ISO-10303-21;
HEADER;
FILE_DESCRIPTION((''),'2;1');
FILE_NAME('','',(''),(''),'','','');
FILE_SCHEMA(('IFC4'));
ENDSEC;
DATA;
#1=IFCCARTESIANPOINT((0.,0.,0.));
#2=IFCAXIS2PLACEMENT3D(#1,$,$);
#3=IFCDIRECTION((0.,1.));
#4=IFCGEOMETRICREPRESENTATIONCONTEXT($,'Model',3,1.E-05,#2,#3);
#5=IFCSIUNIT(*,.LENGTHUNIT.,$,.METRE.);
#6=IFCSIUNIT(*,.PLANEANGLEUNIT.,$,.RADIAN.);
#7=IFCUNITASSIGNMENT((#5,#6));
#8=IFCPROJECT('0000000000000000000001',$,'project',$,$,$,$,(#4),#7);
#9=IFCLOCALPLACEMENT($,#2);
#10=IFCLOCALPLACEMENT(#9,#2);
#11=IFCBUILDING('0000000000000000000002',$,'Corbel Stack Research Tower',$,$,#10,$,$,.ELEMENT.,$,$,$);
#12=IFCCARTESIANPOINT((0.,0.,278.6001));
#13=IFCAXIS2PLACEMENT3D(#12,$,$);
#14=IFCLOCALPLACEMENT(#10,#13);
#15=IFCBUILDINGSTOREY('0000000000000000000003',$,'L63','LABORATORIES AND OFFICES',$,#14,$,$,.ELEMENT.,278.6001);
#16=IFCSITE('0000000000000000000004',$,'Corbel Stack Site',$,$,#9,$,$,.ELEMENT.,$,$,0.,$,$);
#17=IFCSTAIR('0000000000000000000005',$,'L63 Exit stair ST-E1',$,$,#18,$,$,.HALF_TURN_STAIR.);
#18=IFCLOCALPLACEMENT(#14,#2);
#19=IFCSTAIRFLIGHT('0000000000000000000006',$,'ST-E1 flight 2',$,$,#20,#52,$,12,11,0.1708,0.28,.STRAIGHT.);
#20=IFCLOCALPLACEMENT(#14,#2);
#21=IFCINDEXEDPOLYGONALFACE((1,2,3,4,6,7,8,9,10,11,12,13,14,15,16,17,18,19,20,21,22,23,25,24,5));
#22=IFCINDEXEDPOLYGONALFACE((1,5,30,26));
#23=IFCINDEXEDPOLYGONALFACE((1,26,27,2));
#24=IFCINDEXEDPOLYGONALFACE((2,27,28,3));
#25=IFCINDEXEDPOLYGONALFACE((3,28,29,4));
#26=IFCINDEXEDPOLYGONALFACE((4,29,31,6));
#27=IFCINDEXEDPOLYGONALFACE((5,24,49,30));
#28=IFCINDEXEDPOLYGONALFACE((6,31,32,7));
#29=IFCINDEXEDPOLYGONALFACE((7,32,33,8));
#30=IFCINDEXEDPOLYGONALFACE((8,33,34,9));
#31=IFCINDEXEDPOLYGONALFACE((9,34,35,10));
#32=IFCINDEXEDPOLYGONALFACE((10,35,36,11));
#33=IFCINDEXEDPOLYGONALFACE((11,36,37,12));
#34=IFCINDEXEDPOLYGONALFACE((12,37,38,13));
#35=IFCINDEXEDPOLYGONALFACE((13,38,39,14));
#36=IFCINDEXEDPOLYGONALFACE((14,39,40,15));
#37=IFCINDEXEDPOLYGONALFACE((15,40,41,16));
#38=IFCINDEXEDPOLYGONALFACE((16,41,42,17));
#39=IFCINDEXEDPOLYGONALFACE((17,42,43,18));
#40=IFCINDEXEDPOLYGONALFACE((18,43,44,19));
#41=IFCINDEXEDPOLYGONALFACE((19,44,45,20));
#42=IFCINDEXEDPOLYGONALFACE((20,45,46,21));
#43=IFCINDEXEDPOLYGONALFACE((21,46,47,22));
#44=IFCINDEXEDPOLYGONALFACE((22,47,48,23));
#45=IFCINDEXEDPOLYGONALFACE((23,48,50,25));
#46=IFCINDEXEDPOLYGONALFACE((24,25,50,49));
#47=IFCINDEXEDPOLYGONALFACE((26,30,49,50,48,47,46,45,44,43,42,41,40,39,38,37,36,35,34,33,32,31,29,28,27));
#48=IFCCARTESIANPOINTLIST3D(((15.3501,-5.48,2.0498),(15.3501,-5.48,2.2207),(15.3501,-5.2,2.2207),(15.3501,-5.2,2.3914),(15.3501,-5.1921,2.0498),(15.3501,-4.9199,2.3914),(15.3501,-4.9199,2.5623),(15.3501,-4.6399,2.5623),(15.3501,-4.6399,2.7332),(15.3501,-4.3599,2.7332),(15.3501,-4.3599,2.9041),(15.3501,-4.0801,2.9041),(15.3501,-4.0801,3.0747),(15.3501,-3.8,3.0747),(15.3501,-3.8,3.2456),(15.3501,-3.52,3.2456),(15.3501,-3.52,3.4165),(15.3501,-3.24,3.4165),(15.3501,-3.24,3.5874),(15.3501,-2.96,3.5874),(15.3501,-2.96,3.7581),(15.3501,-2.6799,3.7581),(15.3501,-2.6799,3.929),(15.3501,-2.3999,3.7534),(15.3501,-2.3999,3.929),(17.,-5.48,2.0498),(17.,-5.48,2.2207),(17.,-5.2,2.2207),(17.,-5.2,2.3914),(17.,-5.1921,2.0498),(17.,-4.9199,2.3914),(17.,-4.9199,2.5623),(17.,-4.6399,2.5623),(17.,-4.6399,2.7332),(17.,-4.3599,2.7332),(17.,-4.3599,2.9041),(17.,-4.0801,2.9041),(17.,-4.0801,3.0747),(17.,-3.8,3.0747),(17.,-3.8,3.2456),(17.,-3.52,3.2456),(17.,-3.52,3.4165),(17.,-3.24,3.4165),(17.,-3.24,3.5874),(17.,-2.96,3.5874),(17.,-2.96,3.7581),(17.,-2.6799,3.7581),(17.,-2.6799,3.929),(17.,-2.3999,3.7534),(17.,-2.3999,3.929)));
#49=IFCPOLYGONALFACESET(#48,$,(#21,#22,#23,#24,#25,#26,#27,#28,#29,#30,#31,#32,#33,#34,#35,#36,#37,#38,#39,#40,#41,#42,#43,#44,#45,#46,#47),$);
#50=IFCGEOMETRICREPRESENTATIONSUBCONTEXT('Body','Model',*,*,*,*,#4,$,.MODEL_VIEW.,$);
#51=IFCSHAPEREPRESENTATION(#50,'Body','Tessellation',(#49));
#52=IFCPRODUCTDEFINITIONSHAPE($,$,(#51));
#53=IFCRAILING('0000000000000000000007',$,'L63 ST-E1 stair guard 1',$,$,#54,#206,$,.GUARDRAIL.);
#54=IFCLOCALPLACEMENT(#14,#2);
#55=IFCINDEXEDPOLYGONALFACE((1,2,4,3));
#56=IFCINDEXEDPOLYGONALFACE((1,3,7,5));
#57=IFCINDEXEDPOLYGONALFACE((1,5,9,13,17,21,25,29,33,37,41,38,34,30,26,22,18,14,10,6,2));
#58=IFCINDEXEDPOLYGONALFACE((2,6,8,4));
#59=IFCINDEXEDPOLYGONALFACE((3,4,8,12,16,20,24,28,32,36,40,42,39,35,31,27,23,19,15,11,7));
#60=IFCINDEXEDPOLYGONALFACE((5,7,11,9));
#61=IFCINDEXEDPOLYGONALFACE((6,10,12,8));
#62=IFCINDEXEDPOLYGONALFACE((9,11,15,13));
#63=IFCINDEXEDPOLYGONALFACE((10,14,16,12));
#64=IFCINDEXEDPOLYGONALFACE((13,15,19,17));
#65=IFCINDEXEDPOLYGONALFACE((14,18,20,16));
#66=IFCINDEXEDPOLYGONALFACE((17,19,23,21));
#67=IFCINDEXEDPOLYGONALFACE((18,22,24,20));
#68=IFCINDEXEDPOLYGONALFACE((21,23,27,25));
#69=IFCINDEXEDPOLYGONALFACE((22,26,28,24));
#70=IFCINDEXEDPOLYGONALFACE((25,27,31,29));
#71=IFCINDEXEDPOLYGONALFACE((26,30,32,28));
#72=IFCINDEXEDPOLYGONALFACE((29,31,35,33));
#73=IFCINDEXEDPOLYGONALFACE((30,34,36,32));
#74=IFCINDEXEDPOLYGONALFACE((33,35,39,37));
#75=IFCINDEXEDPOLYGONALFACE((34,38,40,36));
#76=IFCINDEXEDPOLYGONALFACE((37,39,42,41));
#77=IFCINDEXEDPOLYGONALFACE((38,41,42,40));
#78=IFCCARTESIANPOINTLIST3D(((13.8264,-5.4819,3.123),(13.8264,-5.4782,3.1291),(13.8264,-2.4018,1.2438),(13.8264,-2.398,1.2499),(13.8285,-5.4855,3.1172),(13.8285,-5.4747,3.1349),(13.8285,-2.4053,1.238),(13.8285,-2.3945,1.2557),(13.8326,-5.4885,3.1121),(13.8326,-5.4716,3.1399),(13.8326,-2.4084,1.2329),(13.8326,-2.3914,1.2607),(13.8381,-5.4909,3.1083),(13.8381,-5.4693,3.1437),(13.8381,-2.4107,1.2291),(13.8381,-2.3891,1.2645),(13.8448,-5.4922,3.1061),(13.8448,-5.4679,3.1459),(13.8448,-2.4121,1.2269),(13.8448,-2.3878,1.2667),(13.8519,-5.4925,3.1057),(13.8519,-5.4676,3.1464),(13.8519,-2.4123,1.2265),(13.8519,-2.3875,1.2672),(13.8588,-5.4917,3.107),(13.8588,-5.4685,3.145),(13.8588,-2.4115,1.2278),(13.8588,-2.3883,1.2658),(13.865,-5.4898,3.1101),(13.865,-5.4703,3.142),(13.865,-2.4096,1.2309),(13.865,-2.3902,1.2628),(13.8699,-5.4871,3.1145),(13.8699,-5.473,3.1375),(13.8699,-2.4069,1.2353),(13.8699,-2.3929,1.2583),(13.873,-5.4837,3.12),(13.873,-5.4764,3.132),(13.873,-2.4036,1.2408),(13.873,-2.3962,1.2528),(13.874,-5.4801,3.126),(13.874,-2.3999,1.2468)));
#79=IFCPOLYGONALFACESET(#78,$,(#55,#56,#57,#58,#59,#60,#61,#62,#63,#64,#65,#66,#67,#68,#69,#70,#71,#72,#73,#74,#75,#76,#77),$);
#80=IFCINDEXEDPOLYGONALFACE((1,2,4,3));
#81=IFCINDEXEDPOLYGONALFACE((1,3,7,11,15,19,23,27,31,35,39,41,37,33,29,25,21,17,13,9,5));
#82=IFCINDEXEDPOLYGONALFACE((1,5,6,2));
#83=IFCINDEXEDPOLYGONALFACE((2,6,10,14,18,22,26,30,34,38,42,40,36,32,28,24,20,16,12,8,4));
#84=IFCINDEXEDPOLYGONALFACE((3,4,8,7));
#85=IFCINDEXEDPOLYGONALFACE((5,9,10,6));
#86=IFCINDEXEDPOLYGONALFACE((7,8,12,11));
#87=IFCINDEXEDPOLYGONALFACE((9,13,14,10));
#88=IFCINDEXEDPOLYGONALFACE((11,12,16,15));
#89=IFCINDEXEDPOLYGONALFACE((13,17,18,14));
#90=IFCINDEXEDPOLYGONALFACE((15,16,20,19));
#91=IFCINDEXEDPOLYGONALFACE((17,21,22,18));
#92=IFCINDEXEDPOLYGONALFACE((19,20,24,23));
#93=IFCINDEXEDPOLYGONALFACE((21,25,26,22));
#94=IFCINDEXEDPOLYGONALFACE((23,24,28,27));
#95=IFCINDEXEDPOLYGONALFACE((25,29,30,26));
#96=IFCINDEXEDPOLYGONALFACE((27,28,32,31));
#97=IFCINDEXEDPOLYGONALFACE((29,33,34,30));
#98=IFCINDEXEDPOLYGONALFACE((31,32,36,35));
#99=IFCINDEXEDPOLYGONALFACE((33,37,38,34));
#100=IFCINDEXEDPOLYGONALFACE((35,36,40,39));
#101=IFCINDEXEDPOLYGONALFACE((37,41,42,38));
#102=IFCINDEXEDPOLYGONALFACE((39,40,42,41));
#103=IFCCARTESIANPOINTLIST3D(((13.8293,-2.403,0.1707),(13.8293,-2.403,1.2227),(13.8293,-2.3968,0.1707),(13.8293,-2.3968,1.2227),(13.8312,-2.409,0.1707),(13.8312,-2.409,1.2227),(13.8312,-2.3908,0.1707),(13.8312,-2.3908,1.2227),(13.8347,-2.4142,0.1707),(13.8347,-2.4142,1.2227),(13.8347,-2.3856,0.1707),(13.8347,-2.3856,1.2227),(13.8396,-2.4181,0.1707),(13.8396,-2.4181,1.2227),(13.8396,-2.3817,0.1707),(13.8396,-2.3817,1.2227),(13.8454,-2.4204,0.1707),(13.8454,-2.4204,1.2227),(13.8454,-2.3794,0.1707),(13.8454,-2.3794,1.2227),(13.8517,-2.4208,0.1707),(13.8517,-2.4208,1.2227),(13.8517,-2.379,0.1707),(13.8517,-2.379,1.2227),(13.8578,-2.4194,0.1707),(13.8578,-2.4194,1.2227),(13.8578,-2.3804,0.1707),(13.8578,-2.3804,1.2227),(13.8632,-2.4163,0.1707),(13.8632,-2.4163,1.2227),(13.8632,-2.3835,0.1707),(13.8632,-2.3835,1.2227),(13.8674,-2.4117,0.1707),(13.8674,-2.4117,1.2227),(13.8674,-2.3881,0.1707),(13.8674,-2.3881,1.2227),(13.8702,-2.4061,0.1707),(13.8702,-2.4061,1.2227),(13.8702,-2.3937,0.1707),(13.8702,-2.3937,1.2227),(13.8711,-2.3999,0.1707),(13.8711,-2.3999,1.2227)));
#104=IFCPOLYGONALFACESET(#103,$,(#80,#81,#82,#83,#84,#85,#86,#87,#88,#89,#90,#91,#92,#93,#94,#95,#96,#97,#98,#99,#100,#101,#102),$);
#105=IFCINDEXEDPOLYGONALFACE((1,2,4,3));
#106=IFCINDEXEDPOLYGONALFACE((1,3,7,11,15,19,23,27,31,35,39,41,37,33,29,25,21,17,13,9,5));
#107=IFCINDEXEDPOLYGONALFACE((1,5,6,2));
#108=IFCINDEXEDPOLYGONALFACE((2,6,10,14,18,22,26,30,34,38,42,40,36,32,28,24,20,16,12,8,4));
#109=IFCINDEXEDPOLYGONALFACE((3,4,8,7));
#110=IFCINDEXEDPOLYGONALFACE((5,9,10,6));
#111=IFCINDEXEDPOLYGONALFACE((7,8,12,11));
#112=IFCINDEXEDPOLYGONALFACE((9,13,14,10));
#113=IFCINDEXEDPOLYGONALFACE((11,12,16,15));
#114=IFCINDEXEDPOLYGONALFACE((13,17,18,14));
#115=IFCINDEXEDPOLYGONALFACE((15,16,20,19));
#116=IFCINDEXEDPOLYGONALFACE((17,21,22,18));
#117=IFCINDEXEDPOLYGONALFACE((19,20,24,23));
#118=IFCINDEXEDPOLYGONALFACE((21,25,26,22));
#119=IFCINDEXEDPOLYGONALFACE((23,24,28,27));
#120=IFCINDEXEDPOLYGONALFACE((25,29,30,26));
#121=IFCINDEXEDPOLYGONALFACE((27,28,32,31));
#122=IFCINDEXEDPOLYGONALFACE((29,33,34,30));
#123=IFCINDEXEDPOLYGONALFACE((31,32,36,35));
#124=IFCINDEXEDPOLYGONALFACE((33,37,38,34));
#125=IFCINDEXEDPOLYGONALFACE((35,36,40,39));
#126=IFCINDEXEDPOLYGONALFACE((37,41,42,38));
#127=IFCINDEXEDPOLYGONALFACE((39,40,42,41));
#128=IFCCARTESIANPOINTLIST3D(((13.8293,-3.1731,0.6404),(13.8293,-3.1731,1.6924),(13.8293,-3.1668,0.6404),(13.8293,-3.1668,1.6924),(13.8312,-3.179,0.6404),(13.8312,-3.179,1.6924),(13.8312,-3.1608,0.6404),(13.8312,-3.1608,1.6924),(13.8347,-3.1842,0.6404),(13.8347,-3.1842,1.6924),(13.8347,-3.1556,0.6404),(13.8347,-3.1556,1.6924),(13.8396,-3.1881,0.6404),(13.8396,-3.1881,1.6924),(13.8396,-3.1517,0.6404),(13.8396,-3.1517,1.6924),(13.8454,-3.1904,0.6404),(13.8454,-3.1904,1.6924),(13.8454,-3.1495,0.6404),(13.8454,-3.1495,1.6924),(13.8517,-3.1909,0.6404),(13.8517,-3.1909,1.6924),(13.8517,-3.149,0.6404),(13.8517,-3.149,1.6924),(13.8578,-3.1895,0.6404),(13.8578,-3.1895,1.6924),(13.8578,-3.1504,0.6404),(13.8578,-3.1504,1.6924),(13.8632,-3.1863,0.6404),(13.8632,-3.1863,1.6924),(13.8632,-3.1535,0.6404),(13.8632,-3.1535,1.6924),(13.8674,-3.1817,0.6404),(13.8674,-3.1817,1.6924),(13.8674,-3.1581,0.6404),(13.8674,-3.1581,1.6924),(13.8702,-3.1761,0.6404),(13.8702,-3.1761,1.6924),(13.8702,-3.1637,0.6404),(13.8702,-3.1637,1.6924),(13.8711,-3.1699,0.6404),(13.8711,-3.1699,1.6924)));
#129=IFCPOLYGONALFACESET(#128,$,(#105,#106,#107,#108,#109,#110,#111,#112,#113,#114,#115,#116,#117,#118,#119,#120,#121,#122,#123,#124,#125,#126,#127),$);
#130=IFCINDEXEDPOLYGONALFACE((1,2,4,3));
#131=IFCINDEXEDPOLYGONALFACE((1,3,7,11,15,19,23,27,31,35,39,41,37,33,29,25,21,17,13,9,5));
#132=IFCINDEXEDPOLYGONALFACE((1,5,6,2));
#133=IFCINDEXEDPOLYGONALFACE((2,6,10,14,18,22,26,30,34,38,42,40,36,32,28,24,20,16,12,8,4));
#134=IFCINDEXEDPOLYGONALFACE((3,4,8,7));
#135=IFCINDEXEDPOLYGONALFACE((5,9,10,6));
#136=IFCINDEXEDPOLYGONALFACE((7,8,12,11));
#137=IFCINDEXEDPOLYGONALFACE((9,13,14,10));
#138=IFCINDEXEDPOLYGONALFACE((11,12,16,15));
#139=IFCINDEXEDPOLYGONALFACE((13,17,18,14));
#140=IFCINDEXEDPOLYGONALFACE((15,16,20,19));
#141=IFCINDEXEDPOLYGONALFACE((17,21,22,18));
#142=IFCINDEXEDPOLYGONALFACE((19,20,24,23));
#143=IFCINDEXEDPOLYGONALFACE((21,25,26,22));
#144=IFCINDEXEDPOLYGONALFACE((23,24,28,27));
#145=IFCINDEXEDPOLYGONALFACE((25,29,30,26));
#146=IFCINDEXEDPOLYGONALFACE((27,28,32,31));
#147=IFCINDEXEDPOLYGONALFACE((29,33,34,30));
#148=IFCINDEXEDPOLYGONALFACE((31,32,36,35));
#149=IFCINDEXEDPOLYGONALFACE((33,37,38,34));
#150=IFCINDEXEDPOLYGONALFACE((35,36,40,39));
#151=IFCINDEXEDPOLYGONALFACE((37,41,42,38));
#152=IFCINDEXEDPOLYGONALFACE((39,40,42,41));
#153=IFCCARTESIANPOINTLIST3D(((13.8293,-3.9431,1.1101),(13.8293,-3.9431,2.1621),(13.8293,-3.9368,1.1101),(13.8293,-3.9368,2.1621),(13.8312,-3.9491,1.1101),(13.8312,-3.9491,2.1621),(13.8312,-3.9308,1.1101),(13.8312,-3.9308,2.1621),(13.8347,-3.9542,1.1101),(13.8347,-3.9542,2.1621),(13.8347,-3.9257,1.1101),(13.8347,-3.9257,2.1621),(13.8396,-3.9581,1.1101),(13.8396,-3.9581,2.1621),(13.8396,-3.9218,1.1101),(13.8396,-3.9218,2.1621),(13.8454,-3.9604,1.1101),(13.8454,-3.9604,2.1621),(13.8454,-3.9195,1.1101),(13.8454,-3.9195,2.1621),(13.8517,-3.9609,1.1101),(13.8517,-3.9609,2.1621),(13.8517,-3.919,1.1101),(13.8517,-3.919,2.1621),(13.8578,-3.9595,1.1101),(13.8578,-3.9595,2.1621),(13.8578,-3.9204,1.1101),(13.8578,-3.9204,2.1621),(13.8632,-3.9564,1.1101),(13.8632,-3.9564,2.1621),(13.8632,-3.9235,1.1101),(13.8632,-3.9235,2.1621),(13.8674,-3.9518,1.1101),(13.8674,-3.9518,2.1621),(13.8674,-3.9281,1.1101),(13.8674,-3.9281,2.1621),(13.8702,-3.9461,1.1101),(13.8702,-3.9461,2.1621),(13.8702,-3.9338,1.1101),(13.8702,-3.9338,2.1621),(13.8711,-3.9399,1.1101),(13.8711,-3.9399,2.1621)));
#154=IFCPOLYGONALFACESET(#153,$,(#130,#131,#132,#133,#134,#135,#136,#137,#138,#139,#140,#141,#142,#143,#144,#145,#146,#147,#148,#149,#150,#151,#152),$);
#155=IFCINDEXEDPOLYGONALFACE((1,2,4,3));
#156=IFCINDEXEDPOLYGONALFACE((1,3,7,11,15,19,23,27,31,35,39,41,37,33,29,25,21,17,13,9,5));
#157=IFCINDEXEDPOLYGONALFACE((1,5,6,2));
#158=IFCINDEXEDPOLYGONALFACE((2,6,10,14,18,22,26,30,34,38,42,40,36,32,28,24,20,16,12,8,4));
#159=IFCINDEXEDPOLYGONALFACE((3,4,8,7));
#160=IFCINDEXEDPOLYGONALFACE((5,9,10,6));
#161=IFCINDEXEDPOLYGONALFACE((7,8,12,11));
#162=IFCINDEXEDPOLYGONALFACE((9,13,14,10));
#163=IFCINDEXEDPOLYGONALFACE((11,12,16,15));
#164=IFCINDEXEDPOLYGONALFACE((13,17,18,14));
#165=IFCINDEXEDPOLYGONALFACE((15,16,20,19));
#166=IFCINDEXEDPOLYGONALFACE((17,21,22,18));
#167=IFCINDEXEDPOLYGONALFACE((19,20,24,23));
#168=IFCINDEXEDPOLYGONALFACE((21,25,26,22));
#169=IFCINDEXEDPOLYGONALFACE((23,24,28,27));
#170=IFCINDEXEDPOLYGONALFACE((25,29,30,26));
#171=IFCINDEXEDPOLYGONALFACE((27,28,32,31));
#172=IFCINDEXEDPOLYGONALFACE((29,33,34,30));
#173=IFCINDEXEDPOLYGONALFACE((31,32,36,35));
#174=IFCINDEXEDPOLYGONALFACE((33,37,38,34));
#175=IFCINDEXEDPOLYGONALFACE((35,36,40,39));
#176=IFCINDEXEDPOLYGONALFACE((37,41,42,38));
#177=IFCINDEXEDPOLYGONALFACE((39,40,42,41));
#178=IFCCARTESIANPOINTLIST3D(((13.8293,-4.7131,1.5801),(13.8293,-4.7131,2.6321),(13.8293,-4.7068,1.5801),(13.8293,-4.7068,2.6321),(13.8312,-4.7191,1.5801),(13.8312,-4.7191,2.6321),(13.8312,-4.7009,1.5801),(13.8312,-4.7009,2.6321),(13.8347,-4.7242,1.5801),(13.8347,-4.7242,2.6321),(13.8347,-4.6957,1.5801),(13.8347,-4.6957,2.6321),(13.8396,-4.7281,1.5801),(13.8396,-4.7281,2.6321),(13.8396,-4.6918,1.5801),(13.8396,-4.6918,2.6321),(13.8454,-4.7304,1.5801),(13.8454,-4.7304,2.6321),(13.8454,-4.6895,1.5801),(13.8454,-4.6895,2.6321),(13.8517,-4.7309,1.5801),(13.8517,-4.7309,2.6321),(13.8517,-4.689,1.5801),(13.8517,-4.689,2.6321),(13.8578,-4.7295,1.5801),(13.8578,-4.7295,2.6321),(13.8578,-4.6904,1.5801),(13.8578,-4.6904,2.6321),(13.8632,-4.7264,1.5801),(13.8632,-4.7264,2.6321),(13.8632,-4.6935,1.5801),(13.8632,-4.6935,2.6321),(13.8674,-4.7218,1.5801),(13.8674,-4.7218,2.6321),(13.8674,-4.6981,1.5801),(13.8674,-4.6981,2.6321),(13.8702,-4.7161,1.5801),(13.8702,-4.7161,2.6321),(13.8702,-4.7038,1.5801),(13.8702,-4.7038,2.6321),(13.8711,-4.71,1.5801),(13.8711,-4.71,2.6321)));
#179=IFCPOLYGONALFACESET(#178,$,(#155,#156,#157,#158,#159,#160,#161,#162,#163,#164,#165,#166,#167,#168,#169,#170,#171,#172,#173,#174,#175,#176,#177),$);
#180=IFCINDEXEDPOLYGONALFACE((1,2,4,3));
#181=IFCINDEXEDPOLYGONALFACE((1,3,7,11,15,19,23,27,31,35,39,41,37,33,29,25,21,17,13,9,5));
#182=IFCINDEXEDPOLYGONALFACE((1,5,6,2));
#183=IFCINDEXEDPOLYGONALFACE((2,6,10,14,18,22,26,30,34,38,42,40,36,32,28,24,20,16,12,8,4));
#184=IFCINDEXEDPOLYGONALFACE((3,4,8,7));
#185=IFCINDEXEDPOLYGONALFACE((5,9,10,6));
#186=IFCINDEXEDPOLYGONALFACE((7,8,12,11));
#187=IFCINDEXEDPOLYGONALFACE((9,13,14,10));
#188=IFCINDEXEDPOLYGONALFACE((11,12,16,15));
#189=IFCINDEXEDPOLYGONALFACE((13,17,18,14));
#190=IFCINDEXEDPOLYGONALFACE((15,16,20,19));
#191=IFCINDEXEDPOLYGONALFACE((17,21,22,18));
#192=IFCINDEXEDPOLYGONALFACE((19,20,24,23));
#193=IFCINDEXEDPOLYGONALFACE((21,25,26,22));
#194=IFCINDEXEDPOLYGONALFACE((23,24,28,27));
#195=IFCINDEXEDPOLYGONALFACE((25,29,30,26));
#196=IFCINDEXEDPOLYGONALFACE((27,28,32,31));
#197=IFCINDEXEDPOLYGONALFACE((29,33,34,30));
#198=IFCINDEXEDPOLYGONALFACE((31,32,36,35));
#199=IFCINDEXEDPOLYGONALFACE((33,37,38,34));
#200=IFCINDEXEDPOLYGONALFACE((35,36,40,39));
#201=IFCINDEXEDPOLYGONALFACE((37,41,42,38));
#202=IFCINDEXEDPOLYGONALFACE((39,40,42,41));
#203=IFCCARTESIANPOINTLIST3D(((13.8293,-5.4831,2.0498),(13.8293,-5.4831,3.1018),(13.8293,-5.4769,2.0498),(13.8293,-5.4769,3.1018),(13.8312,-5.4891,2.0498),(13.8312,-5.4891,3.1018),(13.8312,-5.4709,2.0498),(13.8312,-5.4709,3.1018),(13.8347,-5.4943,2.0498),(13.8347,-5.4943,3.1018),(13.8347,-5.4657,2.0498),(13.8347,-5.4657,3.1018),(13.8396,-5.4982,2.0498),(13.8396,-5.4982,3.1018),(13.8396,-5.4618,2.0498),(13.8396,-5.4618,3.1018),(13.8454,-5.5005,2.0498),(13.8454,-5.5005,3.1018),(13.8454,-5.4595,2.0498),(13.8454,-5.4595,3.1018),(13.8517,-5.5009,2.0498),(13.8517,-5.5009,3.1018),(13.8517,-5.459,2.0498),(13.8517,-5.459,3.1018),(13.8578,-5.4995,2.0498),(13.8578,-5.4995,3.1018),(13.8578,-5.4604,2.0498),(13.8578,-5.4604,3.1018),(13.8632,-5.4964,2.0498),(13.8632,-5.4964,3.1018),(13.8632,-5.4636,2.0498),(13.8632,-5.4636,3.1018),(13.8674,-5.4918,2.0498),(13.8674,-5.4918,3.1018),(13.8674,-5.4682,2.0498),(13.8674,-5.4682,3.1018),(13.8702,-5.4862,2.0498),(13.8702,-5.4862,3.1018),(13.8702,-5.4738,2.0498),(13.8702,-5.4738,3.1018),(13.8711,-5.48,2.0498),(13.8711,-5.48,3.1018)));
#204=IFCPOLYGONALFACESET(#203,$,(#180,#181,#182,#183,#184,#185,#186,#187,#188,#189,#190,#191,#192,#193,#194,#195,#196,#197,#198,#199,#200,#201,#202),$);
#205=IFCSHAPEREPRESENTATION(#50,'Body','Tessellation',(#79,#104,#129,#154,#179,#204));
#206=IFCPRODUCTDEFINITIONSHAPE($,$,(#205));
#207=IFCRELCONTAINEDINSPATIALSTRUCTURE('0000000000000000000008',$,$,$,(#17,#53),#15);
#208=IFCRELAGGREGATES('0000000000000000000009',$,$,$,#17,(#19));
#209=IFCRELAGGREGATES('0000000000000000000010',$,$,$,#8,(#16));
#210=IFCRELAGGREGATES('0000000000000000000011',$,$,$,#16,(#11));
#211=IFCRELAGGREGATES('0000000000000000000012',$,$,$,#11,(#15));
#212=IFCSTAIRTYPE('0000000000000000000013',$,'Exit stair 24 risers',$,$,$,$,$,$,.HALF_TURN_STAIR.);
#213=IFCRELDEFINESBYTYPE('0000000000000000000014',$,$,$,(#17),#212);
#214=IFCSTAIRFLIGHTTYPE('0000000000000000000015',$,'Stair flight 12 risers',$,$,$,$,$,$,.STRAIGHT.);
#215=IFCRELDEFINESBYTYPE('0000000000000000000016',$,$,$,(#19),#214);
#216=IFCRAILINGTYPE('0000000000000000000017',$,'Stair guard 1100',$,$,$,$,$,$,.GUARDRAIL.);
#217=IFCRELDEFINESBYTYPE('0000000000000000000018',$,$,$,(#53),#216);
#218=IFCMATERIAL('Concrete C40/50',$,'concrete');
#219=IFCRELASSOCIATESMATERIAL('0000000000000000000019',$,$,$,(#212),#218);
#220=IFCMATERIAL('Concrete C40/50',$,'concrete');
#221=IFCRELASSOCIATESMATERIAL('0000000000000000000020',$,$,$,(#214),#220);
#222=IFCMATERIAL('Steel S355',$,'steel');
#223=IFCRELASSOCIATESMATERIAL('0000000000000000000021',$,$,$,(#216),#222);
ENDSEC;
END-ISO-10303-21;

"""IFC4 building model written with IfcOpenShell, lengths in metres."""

from ifc_helpers import new_model, si_unit, direction, frame, origin, origin_2d, place, context, subcontext, project, spatial, polyline, circle, outline, extrude, material, type_object, element, aggregate, save


model = new_model("IFC4")

# Units and contexts
model_context = context("Model", 3, precision=1e-05, world=origin(), true_north=direction((0.0, 1.0)))
body_context = subcontext(model_context, "Body", "Model", "MODEL_VIEW")
ifc_project = project(units=[si_unit("LENGTHUNIT", "METRE"), si_unit("PLANEANGLEUNIT", "RADIAN")], contexts=[model_context])

# Site, building, storey
site_placement = place(None, origin())
site = spatial("IfcSite", under=ifc_project, at=site_placement, Name="Corbel Stack Site", CompositionType="ELEMENT", RefElevation=0.0)
building_placement = place(site_placement, origin())
building = spatial("IfcBuilding", under=site, at=building_placement, Name="Corbel Stack Research Tower", CompositionType="ELEMENT")
storey_placement = place(building_placement, frame((0.0, 0.0, 278.6001)))
storey = spatial("IfcBuildingStorey", under=building, at=storey_placement, Name="L63", Description="LABORATORIES AND OFFICES", CompositionType="ELEMENT", Elevation=278.6001)

# Stair, stair flight
ifc_material_1 = material(Name="Concrete C40/50", Category="concrete")
stair_type = type_object("IfcStairType", Name="Exit stair 24 risers", PredefinedType="HALF_TURN_STAIR", material=ifc_material_1)
stair_placement = place(storey_placement, origin())
stair = element("IfcStair", 1, at=stair_placement, inside=storey, type_object=stair_type, Name="L63 Exit stair ST-E1", PredefinedType="HALF_TURN_STAIR")
ifc_material_2 = material(Name="Concrete C40/50", Category="concrete")
stair_flight_type = type_object("IfcStairFlightType", Name="Stair flight 12 risers", PredefinedType="STRAIGHT", material=ifc_material_2)
stair_flight_1_placement = place(storey_placement, frame((16.175, -5.48, 2.0498), z_axis=(0.0, 0.0, 1.0), x_axis=(0.0, 1.0, 0.0)))
stair_flight_1 = element("IfcStairFlight", 2, at=stair_flight_1_placement, type_object=stair_flight_type, Name="ST-E1 flight 2", NumberOfRisers=12, NumberOfTreads=11, PredefinedType="STRAIGHT", RiserHeight=0.1708, TreadLength=0.28, context=body_context, shape_type="SweptSolid", body=[
    extrude(outline(polyline([(0.0, 0.0), (0.0, 0.1709), (0.28, 0.1709), (0.28, 0.3416), (0.5601, 0.3416), (0.5601, 0.5125), (0.8401, 0.5125), (0.8401, 0.6833), (1.1201, 0.6833), (1.1201, 0.8542), (1.3999, 0.8542), (1.3999, 1.0249), (1.6799, 1.0249), (1.6799, 1.1958), (1.96, 1.1958), (1.96, 1.3667), (2.24, 1.3667), (2.24, 1.5376), (2.52, 1.5376), (2.52, 1.7083), (2.8, 1.7083), (2.8, 1.8792), (3.0801, 1.8792), (3.0801, 2.05), (3.0801, 1.7036), (0.2878, 0.0), (0.0, 0.0)])), frame((0.0, 0.825, 0.0), z_axis=(0.0, -1.0, 0.0), x_axis=(1.0, 0.0, 0.0)), (0.0, 0.0, 1.0), 1.6499),
])
aggregate(stair, [stair_flight_1])

# Railing
ifc_material_3 = material(Name="Steel S355", Category="steel")
railing_type_1 = type_object("IfcRailingType", Name="Stair guard 1100", PredefinedType="GUARDRAIL", material=ifc_material_3)
railing_1_placement = place(storey_placement, frame((13.8501, -2.3999, 0.1707)))
element("IfcRailing", 3, at=railing_1_placement, inside=storey, type_object=railing_type_1, Name="L63 ST-E1 stair guard 1", PredefinedType="GUARDRAIL", context=body_context, shape_type="SweptSolid", body=[
    extrude(circle(Radius=0.0239, at=origin_2d()), frame((0.0, 0.0, 1.0762), z_axis=(0.0, -0.853666, 0.52082), x_axis=(1.0, 0.0, 0.0)), (0.0, 0.0, 1.0), 3.6082),
    extrude(circle(Radius=0.021, at=origin_2d()), origin(), (0.0, 0.0, 1.0), 1.052),
    extrude(circle(Radius=0.021, at=origin_2d()), frame((0.0, -0.77, 0.4697)), (0.0, 0.0, 1.0), 1.052),
    extrude(circle(Radius=0.021, at=origin_2d()), frame((0.0, -1.54, 0.9395)), (0.0, 0.0, 1.0), 1.052),
    extrude(circle(Radius=0.021, at=origin_2d()), frame((0.0, -2.3101, 1.4094)), (0.0, 0.0, 1.0), 1.052),
    extrude(circle(Radius=0.021, at=origin_2d()), frame((0.0, -3.0801, 1.8792)), (0.0, 0.0, 1.0), 1.052),
])

save(model, "model.ifc")
